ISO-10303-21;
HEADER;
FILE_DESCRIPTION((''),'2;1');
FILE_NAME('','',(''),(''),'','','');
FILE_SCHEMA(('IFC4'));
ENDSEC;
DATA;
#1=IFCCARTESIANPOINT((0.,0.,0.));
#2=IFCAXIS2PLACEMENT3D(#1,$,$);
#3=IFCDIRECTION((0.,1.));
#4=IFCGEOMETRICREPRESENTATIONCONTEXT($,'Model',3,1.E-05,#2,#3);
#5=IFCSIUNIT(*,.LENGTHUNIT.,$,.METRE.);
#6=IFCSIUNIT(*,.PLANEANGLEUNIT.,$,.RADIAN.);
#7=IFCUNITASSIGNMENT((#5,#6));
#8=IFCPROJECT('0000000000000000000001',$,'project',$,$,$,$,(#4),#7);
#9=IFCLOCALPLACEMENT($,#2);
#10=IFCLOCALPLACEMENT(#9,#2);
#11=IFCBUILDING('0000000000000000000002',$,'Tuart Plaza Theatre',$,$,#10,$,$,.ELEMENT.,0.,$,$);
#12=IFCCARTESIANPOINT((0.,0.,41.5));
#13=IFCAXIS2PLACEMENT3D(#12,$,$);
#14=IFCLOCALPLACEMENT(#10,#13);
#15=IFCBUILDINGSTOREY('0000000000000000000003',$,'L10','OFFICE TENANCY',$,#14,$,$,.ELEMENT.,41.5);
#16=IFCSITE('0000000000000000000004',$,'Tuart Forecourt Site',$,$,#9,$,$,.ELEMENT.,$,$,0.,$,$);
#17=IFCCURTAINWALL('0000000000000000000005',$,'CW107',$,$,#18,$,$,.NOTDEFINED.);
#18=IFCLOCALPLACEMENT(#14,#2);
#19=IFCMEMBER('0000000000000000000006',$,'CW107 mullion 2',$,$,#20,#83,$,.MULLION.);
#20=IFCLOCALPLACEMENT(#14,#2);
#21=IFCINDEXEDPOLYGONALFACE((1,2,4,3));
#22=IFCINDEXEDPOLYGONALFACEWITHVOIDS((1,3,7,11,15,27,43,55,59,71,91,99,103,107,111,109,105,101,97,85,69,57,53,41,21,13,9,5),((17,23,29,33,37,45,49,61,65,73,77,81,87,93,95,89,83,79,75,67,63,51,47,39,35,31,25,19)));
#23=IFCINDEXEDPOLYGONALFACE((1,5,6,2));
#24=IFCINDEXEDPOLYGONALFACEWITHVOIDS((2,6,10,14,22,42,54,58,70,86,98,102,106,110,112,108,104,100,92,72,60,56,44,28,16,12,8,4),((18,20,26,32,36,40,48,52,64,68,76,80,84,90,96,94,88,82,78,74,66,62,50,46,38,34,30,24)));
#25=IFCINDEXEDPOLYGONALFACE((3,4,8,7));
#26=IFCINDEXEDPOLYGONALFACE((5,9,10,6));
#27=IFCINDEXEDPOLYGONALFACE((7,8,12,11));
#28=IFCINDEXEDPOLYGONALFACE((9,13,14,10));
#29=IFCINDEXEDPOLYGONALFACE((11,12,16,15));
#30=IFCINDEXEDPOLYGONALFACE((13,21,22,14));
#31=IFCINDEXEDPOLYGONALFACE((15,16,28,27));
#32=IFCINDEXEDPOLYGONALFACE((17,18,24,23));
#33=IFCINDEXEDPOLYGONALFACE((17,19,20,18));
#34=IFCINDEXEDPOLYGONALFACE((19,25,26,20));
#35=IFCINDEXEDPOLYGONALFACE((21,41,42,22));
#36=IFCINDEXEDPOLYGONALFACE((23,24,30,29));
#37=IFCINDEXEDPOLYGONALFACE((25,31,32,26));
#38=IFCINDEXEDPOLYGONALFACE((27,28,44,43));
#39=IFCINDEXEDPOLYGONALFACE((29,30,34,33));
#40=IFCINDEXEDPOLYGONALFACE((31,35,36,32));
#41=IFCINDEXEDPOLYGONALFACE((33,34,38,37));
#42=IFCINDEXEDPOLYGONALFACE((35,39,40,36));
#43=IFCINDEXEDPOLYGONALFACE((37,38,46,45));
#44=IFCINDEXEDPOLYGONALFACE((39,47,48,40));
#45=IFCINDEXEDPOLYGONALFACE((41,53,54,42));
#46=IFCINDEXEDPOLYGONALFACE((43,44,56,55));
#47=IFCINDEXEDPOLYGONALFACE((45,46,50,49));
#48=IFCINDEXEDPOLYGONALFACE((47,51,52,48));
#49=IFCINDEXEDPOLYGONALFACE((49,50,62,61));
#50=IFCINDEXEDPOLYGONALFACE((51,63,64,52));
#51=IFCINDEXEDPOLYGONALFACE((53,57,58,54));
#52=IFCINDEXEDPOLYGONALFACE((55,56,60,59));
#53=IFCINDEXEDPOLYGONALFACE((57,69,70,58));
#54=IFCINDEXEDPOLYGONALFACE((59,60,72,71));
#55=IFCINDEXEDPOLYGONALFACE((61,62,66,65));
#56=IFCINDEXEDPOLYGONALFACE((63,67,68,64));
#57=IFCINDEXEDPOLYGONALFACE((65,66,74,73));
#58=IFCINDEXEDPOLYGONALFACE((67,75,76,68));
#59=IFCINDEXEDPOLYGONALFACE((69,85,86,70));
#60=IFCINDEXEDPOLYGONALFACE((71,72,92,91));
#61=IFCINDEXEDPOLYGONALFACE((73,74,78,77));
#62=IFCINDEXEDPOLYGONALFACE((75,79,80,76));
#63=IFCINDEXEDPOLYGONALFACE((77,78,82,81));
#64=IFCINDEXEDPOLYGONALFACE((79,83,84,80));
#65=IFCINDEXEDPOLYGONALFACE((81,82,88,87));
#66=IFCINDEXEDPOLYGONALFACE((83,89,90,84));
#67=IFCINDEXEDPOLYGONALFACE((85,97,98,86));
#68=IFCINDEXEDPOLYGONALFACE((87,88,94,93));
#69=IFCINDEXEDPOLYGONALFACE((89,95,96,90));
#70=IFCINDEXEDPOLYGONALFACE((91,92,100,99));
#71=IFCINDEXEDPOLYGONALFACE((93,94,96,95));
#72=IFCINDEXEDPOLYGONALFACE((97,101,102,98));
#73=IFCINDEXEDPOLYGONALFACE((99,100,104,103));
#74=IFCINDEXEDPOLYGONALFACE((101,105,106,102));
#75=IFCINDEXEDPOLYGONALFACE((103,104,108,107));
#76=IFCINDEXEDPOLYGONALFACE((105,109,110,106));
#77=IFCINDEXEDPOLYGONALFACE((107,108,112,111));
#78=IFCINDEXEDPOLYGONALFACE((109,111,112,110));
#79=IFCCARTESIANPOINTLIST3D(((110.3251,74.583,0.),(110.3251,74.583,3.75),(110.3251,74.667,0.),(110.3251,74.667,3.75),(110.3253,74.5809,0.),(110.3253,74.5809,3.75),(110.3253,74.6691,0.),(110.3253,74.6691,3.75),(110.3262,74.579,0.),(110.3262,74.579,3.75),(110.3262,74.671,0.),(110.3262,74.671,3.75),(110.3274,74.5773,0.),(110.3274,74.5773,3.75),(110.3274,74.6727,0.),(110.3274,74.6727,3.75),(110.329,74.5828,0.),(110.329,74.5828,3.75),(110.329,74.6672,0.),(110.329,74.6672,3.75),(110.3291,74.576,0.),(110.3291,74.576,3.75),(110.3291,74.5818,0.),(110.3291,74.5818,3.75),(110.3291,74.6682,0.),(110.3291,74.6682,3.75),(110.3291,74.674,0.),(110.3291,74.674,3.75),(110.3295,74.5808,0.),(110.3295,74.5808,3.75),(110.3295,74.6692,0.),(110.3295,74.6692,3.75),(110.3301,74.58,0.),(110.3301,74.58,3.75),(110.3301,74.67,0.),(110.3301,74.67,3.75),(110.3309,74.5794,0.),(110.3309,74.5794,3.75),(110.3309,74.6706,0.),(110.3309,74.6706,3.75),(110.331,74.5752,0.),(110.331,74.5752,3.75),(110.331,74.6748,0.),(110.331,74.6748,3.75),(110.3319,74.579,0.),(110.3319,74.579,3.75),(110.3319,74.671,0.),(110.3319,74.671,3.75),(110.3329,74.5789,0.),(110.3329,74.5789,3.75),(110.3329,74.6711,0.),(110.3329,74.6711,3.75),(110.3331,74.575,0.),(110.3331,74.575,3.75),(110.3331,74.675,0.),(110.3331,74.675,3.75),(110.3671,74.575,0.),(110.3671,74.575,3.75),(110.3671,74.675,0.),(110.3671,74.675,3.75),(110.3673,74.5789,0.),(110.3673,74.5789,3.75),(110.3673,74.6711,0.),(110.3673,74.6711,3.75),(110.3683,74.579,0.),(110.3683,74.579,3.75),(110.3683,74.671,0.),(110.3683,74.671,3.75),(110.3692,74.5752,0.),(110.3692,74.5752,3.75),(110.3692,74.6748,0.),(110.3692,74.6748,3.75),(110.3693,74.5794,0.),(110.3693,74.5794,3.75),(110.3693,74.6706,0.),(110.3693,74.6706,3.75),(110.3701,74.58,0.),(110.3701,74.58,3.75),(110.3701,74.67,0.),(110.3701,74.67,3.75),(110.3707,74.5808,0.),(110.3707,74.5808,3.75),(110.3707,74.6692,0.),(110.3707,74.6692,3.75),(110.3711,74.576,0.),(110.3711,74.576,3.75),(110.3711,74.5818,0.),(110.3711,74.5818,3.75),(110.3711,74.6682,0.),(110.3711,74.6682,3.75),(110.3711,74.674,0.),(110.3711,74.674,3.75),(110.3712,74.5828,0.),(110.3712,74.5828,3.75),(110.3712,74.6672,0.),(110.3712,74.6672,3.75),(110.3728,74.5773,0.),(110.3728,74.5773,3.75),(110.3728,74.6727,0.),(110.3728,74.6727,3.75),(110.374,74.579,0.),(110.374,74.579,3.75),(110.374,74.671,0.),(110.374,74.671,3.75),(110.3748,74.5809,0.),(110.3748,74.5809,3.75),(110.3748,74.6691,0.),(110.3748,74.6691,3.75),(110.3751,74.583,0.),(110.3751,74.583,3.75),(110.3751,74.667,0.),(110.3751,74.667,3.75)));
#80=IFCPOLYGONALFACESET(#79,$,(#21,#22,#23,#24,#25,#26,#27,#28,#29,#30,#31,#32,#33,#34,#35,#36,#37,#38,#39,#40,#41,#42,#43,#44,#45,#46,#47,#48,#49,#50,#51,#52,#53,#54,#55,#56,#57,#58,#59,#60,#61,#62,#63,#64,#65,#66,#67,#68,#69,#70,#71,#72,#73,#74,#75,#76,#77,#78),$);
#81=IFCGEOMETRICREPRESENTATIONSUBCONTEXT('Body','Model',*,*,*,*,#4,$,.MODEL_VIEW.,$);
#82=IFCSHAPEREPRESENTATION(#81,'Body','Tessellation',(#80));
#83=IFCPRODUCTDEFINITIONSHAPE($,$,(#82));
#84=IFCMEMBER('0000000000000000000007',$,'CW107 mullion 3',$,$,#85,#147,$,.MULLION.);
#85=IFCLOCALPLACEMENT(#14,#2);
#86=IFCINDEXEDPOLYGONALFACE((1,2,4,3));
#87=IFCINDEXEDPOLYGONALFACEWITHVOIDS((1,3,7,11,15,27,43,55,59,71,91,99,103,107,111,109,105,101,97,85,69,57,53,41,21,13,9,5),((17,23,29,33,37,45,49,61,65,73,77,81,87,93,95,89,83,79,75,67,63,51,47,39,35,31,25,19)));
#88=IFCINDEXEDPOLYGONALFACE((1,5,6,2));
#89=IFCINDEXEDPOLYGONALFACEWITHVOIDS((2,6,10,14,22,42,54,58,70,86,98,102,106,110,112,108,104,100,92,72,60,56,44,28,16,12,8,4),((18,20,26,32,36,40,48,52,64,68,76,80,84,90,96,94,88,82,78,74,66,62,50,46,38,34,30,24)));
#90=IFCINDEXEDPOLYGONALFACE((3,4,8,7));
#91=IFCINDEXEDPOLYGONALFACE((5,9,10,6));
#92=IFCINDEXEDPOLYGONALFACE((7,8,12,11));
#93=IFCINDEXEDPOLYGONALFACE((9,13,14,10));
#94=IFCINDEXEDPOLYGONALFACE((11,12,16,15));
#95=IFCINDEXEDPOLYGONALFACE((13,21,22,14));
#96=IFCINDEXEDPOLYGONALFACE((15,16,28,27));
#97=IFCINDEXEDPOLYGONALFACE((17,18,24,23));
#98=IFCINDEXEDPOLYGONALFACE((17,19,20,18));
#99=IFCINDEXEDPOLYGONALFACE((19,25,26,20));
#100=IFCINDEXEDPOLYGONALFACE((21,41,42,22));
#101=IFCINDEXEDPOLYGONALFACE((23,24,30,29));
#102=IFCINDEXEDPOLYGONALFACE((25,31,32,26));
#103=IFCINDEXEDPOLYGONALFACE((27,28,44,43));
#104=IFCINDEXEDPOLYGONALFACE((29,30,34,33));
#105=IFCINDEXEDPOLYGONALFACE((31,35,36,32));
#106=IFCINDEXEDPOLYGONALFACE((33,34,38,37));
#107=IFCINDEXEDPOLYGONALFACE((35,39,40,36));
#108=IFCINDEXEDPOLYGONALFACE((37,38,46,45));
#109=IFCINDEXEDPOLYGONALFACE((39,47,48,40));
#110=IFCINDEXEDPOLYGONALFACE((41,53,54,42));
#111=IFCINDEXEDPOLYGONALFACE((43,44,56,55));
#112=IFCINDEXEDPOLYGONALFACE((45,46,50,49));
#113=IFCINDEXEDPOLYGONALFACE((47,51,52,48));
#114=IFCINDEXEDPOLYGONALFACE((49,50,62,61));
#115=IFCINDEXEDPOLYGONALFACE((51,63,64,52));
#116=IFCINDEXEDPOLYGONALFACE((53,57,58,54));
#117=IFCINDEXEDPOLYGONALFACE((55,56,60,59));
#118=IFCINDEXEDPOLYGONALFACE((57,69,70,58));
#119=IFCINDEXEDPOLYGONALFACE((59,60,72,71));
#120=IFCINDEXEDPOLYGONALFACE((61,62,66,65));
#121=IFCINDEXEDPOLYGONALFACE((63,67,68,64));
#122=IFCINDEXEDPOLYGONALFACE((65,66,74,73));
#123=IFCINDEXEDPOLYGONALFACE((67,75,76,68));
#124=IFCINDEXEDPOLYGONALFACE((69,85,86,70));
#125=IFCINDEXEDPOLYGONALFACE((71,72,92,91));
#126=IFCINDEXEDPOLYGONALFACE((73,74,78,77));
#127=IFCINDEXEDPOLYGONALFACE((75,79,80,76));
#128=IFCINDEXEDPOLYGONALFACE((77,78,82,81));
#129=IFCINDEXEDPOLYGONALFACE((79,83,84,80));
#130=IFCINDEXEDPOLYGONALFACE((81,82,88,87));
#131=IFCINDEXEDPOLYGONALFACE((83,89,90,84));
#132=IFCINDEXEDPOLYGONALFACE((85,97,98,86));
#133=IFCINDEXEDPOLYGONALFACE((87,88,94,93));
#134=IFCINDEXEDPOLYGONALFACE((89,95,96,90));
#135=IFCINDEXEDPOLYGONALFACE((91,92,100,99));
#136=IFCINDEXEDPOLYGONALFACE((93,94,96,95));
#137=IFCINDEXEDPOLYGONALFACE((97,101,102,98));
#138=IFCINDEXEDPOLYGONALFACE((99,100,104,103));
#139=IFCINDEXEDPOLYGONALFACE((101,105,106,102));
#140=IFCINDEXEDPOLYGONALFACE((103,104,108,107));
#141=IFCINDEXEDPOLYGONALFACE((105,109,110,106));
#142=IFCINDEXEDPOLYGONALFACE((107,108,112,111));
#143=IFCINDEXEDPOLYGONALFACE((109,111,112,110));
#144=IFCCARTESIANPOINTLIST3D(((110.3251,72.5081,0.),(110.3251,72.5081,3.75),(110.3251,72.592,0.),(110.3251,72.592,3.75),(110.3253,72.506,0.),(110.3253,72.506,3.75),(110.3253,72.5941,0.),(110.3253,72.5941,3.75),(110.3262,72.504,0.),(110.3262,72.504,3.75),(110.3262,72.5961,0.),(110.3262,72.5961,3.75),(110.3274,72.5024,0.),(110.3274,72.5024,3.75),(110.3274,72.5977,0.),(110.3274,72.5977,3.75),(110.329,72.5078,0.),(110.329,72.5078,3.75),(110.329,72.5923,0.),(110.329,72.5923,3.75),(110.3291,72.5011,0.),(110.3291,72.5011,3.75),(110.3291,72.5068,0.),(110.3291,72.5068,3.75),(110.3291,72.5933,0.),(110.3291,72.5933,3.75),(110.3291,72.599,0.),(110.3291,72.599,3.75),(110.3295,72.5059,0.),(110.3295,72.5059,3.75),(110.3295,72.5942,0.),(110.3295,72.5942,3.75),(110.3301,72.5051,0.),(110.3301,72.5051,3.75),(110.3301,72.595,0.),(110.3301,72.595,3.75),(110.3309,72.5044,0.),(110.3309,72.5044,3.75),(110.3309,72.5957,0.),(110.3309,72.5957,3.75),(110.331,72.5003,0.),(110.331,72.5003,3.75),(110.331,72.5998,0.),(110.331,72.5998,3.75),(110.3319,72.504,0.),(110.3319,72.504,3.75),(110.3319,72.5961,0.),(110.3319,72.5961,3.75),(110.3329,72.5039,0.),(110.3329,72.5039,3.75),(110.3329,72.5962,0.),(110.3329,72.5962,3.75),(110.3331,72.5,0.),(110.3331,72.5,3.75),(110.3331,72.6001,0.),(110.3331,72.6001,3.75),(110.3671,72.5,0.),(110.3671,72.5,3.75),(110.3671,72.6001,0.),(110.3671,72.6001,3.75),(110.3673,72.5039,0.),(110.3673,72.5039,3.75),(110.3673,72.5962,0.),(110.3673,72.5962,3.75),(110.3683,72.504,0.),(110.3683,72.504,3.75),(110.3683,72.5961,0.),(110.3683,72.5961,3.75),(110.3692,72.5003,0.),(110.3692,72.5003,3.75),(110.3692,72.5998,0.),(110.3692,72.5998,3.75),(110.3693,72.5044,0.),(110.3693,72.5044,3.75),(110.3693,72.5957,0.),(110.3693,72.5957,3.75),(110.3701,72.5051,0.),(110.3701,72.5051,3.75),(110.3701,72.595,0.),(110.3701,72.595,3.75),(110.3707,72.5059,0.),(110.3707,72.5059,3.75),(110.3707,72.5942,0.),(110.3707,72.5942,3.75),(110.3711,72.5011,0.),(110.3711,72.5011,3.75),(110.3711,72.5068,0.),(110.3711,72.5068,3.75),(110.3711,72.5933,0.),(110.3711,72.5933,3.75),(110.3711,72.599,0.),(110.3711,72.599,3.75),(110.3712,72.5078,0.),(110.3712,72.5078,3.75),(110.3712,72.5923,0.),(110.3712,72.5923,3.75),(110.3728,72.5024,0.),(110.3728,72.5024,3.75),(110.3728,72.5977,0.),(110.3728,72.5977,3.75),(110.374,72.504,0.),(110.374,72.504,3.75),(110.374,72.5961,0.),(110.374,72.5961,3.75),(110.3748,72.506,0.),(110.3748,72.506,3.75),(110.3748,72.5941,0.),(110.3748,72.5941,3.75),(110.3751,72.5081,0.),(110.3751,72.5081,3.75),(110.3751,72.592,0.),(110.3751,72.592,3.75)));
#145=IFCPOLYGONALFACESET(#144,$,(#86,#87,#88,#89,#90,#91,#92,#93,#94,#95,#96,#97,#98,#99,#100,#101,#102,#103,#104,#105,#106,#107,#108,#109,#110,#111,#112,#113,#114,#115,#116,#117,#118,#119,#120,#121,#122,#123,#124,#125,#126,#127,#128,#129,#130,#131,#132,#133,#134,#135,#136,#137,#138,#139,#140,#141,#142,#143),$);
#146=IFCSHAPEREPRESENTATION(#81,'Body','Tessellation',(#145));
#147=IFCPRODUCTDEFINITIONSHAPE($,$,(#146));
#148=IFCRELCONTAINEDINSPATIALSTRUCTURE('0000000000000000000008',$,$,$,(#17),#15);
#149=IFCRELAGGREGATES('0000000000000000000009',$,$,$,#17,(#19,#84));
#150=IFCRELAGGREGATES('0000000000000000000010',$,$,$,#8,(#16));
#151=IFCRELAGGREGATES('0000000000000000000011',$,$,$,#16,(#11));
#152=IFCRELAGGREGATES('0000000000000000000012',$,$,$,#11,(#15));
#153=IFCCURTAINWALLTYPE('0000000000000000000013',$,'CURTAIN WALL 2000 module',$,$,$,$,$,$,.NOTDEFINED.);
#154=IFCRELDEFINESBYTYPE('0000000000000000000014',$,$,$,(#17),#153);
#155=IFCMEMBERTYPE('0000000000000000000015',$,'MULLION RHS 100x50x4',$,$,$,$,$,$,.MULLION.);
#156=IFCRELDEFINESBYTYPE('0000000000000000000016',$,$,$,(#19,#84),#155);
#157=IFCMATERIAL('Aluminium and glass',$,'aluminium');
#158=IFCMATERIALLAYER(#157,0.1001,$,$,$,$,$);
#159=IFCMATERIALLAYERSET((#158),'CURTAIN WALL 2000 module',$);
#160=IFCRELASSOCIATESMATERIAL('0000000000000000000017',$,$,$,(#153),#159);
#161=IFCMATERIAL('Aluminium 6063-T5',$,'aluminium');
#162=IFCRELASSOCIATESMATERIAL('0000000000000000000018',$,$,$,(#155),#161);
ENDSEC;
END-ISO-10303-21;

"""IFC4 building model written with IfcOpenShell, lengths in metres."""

from ifc_helpers import new_model, si_unit, direction, frame, origin, origin_2d, place, context, subcontext, project, spatial, hollow_rectangle, extrude, material, layer, layer_set, material_profile, profile_set, type_object, element, aggregate, save


model = new_model("IFC4")

# Units and contexts
model_context = context("Model", 3, precision=1e-05, world=origin(), true_north=direction((0.0, 1.0)))
body_context = subcontext(model_context, "Body", "Model", "MODEL_VIEW")
ifc_project = project(units=[si_unit("LENGTHUNIT", "METRE"), si_unit("PLANEANGLEUNIT", "RADIAN")], contexts=[model_context])

# Site, building, storey
site_placement = place(None, origin())
site = spatial("IfcSite", under=ifc_project, at=site_placement, Name="Tuart Forecourt Site", CompositionType="ELEMENT", RefElevation=0.0)
building_placement = place(site_placement, origin())
building = spatial("IfcBuilding", under=site, at=building_placement, Name="Tuart Plaza Theatre", CompositionType="ELEMENT", ElevationOfRefHeight=0.0)
storey_placement = place(building_placement, frame((0.0, 0.0, 41.5)))
storey = spatial("IfcBuildingStorey", under=building, at=storey_placement, Name="L10", Description="OFFICE TENANCY", CompositionType="ELEMENT", Elevation=41.5)

# Curtain wall, members
ifc_material_1 = material(Name="Aluminium and glass", Category="aluminium")
ifc_layer_1 = layer(ifc_material_1, 0.1001)
ifc_layer_set_1 = layer_set([ifc_layer_1], Name="CURTAIN WALL 2000 module")
curtain_wall_type = type_object("IfcCurtainWallType", Name="CURTAIN WALL 2000 module", PredefinedType="NOTDEFINED", material=ifc_layer_set_1)
curtain_wall_1_placement = place(storey_placement, origin())
curtain_wall_1 = element("IfcCurtainWall", 1, at=curtain_wall_1_placement, inside=storey, type_object=curtain_wall_type, Name="CW107", PredefinedType="NOTDEFINED")
ifc_material_2 = material(Name="Aluminium 6063-T5", Category="aluminium")
ifc_material_profile_1 = material_profile(ifc_material_2, hollow_rectangle(XDim=0.05, YDim=0.1001, WallThickness=0.0039, InnerFilletRadius=0.0039, OuterFilletRadius=0.0081, at=origin_2d()), Name="RHS 100x50x4")
ifc_profile_set_1 = profile_set([ifc_material_profile_1], Name="Aluminium 6063-T5")
member_type_1 = type_object("IfcMemberType", Name="MULLION RHS 100x50x4", PredefinedType="MULLION", material=ifc_profile_set_1)
member_1_placement = place(storey_placement, frame((110.3501, 74.625, 0.0), z_axis=(0.0, 0.0, 1.0), x_axis=(1.0, 0.0, 0.0)))
member_1 = element("IfcMember", 2, at=member_1_placement, type_object=member_type_1, Name="CW107 mullion 2", PredefinedType="MULLION", context=body_context, shape_type="SweptSolid", body=[
    extrude(hollow_rectangle(XDim=0.05, YDim=0.1001, WallThickness=0.0039, InnerFilletRadius=0.0039, OuterFilletRadius=0.0081, at=origin_2d()), origin(), (0.0, 0.0, 1.0), 3.75),
])
member_2_placement = place(storey_placement, frame((110.3501, 72.55, 0.0), z_axis=(0.0, 0.0, 1.0), x_axis=(1.0, 0.0, 0.0)))
member_2 = element("IfcMember", 3, at=member_2_placement, type_object=member_type_1, Name="CW107 mullion 3", PredefinedType="MULLION", context=body_context, shape_type="SweptSolid", body=[
    extrude(hollow_rectangle(XDim=0.05, YDim=0.1001, WallThickness=0.0039, InnerFilletRadius=0.0039, OuterFilletRadius=0.0081, at=origin_2d()), origin(), (0.0, 0.0, 1.0), 3.75),
])

aggregate(curtain_wall_1, [member_1, member_2])

save(model, "model.ifc")
